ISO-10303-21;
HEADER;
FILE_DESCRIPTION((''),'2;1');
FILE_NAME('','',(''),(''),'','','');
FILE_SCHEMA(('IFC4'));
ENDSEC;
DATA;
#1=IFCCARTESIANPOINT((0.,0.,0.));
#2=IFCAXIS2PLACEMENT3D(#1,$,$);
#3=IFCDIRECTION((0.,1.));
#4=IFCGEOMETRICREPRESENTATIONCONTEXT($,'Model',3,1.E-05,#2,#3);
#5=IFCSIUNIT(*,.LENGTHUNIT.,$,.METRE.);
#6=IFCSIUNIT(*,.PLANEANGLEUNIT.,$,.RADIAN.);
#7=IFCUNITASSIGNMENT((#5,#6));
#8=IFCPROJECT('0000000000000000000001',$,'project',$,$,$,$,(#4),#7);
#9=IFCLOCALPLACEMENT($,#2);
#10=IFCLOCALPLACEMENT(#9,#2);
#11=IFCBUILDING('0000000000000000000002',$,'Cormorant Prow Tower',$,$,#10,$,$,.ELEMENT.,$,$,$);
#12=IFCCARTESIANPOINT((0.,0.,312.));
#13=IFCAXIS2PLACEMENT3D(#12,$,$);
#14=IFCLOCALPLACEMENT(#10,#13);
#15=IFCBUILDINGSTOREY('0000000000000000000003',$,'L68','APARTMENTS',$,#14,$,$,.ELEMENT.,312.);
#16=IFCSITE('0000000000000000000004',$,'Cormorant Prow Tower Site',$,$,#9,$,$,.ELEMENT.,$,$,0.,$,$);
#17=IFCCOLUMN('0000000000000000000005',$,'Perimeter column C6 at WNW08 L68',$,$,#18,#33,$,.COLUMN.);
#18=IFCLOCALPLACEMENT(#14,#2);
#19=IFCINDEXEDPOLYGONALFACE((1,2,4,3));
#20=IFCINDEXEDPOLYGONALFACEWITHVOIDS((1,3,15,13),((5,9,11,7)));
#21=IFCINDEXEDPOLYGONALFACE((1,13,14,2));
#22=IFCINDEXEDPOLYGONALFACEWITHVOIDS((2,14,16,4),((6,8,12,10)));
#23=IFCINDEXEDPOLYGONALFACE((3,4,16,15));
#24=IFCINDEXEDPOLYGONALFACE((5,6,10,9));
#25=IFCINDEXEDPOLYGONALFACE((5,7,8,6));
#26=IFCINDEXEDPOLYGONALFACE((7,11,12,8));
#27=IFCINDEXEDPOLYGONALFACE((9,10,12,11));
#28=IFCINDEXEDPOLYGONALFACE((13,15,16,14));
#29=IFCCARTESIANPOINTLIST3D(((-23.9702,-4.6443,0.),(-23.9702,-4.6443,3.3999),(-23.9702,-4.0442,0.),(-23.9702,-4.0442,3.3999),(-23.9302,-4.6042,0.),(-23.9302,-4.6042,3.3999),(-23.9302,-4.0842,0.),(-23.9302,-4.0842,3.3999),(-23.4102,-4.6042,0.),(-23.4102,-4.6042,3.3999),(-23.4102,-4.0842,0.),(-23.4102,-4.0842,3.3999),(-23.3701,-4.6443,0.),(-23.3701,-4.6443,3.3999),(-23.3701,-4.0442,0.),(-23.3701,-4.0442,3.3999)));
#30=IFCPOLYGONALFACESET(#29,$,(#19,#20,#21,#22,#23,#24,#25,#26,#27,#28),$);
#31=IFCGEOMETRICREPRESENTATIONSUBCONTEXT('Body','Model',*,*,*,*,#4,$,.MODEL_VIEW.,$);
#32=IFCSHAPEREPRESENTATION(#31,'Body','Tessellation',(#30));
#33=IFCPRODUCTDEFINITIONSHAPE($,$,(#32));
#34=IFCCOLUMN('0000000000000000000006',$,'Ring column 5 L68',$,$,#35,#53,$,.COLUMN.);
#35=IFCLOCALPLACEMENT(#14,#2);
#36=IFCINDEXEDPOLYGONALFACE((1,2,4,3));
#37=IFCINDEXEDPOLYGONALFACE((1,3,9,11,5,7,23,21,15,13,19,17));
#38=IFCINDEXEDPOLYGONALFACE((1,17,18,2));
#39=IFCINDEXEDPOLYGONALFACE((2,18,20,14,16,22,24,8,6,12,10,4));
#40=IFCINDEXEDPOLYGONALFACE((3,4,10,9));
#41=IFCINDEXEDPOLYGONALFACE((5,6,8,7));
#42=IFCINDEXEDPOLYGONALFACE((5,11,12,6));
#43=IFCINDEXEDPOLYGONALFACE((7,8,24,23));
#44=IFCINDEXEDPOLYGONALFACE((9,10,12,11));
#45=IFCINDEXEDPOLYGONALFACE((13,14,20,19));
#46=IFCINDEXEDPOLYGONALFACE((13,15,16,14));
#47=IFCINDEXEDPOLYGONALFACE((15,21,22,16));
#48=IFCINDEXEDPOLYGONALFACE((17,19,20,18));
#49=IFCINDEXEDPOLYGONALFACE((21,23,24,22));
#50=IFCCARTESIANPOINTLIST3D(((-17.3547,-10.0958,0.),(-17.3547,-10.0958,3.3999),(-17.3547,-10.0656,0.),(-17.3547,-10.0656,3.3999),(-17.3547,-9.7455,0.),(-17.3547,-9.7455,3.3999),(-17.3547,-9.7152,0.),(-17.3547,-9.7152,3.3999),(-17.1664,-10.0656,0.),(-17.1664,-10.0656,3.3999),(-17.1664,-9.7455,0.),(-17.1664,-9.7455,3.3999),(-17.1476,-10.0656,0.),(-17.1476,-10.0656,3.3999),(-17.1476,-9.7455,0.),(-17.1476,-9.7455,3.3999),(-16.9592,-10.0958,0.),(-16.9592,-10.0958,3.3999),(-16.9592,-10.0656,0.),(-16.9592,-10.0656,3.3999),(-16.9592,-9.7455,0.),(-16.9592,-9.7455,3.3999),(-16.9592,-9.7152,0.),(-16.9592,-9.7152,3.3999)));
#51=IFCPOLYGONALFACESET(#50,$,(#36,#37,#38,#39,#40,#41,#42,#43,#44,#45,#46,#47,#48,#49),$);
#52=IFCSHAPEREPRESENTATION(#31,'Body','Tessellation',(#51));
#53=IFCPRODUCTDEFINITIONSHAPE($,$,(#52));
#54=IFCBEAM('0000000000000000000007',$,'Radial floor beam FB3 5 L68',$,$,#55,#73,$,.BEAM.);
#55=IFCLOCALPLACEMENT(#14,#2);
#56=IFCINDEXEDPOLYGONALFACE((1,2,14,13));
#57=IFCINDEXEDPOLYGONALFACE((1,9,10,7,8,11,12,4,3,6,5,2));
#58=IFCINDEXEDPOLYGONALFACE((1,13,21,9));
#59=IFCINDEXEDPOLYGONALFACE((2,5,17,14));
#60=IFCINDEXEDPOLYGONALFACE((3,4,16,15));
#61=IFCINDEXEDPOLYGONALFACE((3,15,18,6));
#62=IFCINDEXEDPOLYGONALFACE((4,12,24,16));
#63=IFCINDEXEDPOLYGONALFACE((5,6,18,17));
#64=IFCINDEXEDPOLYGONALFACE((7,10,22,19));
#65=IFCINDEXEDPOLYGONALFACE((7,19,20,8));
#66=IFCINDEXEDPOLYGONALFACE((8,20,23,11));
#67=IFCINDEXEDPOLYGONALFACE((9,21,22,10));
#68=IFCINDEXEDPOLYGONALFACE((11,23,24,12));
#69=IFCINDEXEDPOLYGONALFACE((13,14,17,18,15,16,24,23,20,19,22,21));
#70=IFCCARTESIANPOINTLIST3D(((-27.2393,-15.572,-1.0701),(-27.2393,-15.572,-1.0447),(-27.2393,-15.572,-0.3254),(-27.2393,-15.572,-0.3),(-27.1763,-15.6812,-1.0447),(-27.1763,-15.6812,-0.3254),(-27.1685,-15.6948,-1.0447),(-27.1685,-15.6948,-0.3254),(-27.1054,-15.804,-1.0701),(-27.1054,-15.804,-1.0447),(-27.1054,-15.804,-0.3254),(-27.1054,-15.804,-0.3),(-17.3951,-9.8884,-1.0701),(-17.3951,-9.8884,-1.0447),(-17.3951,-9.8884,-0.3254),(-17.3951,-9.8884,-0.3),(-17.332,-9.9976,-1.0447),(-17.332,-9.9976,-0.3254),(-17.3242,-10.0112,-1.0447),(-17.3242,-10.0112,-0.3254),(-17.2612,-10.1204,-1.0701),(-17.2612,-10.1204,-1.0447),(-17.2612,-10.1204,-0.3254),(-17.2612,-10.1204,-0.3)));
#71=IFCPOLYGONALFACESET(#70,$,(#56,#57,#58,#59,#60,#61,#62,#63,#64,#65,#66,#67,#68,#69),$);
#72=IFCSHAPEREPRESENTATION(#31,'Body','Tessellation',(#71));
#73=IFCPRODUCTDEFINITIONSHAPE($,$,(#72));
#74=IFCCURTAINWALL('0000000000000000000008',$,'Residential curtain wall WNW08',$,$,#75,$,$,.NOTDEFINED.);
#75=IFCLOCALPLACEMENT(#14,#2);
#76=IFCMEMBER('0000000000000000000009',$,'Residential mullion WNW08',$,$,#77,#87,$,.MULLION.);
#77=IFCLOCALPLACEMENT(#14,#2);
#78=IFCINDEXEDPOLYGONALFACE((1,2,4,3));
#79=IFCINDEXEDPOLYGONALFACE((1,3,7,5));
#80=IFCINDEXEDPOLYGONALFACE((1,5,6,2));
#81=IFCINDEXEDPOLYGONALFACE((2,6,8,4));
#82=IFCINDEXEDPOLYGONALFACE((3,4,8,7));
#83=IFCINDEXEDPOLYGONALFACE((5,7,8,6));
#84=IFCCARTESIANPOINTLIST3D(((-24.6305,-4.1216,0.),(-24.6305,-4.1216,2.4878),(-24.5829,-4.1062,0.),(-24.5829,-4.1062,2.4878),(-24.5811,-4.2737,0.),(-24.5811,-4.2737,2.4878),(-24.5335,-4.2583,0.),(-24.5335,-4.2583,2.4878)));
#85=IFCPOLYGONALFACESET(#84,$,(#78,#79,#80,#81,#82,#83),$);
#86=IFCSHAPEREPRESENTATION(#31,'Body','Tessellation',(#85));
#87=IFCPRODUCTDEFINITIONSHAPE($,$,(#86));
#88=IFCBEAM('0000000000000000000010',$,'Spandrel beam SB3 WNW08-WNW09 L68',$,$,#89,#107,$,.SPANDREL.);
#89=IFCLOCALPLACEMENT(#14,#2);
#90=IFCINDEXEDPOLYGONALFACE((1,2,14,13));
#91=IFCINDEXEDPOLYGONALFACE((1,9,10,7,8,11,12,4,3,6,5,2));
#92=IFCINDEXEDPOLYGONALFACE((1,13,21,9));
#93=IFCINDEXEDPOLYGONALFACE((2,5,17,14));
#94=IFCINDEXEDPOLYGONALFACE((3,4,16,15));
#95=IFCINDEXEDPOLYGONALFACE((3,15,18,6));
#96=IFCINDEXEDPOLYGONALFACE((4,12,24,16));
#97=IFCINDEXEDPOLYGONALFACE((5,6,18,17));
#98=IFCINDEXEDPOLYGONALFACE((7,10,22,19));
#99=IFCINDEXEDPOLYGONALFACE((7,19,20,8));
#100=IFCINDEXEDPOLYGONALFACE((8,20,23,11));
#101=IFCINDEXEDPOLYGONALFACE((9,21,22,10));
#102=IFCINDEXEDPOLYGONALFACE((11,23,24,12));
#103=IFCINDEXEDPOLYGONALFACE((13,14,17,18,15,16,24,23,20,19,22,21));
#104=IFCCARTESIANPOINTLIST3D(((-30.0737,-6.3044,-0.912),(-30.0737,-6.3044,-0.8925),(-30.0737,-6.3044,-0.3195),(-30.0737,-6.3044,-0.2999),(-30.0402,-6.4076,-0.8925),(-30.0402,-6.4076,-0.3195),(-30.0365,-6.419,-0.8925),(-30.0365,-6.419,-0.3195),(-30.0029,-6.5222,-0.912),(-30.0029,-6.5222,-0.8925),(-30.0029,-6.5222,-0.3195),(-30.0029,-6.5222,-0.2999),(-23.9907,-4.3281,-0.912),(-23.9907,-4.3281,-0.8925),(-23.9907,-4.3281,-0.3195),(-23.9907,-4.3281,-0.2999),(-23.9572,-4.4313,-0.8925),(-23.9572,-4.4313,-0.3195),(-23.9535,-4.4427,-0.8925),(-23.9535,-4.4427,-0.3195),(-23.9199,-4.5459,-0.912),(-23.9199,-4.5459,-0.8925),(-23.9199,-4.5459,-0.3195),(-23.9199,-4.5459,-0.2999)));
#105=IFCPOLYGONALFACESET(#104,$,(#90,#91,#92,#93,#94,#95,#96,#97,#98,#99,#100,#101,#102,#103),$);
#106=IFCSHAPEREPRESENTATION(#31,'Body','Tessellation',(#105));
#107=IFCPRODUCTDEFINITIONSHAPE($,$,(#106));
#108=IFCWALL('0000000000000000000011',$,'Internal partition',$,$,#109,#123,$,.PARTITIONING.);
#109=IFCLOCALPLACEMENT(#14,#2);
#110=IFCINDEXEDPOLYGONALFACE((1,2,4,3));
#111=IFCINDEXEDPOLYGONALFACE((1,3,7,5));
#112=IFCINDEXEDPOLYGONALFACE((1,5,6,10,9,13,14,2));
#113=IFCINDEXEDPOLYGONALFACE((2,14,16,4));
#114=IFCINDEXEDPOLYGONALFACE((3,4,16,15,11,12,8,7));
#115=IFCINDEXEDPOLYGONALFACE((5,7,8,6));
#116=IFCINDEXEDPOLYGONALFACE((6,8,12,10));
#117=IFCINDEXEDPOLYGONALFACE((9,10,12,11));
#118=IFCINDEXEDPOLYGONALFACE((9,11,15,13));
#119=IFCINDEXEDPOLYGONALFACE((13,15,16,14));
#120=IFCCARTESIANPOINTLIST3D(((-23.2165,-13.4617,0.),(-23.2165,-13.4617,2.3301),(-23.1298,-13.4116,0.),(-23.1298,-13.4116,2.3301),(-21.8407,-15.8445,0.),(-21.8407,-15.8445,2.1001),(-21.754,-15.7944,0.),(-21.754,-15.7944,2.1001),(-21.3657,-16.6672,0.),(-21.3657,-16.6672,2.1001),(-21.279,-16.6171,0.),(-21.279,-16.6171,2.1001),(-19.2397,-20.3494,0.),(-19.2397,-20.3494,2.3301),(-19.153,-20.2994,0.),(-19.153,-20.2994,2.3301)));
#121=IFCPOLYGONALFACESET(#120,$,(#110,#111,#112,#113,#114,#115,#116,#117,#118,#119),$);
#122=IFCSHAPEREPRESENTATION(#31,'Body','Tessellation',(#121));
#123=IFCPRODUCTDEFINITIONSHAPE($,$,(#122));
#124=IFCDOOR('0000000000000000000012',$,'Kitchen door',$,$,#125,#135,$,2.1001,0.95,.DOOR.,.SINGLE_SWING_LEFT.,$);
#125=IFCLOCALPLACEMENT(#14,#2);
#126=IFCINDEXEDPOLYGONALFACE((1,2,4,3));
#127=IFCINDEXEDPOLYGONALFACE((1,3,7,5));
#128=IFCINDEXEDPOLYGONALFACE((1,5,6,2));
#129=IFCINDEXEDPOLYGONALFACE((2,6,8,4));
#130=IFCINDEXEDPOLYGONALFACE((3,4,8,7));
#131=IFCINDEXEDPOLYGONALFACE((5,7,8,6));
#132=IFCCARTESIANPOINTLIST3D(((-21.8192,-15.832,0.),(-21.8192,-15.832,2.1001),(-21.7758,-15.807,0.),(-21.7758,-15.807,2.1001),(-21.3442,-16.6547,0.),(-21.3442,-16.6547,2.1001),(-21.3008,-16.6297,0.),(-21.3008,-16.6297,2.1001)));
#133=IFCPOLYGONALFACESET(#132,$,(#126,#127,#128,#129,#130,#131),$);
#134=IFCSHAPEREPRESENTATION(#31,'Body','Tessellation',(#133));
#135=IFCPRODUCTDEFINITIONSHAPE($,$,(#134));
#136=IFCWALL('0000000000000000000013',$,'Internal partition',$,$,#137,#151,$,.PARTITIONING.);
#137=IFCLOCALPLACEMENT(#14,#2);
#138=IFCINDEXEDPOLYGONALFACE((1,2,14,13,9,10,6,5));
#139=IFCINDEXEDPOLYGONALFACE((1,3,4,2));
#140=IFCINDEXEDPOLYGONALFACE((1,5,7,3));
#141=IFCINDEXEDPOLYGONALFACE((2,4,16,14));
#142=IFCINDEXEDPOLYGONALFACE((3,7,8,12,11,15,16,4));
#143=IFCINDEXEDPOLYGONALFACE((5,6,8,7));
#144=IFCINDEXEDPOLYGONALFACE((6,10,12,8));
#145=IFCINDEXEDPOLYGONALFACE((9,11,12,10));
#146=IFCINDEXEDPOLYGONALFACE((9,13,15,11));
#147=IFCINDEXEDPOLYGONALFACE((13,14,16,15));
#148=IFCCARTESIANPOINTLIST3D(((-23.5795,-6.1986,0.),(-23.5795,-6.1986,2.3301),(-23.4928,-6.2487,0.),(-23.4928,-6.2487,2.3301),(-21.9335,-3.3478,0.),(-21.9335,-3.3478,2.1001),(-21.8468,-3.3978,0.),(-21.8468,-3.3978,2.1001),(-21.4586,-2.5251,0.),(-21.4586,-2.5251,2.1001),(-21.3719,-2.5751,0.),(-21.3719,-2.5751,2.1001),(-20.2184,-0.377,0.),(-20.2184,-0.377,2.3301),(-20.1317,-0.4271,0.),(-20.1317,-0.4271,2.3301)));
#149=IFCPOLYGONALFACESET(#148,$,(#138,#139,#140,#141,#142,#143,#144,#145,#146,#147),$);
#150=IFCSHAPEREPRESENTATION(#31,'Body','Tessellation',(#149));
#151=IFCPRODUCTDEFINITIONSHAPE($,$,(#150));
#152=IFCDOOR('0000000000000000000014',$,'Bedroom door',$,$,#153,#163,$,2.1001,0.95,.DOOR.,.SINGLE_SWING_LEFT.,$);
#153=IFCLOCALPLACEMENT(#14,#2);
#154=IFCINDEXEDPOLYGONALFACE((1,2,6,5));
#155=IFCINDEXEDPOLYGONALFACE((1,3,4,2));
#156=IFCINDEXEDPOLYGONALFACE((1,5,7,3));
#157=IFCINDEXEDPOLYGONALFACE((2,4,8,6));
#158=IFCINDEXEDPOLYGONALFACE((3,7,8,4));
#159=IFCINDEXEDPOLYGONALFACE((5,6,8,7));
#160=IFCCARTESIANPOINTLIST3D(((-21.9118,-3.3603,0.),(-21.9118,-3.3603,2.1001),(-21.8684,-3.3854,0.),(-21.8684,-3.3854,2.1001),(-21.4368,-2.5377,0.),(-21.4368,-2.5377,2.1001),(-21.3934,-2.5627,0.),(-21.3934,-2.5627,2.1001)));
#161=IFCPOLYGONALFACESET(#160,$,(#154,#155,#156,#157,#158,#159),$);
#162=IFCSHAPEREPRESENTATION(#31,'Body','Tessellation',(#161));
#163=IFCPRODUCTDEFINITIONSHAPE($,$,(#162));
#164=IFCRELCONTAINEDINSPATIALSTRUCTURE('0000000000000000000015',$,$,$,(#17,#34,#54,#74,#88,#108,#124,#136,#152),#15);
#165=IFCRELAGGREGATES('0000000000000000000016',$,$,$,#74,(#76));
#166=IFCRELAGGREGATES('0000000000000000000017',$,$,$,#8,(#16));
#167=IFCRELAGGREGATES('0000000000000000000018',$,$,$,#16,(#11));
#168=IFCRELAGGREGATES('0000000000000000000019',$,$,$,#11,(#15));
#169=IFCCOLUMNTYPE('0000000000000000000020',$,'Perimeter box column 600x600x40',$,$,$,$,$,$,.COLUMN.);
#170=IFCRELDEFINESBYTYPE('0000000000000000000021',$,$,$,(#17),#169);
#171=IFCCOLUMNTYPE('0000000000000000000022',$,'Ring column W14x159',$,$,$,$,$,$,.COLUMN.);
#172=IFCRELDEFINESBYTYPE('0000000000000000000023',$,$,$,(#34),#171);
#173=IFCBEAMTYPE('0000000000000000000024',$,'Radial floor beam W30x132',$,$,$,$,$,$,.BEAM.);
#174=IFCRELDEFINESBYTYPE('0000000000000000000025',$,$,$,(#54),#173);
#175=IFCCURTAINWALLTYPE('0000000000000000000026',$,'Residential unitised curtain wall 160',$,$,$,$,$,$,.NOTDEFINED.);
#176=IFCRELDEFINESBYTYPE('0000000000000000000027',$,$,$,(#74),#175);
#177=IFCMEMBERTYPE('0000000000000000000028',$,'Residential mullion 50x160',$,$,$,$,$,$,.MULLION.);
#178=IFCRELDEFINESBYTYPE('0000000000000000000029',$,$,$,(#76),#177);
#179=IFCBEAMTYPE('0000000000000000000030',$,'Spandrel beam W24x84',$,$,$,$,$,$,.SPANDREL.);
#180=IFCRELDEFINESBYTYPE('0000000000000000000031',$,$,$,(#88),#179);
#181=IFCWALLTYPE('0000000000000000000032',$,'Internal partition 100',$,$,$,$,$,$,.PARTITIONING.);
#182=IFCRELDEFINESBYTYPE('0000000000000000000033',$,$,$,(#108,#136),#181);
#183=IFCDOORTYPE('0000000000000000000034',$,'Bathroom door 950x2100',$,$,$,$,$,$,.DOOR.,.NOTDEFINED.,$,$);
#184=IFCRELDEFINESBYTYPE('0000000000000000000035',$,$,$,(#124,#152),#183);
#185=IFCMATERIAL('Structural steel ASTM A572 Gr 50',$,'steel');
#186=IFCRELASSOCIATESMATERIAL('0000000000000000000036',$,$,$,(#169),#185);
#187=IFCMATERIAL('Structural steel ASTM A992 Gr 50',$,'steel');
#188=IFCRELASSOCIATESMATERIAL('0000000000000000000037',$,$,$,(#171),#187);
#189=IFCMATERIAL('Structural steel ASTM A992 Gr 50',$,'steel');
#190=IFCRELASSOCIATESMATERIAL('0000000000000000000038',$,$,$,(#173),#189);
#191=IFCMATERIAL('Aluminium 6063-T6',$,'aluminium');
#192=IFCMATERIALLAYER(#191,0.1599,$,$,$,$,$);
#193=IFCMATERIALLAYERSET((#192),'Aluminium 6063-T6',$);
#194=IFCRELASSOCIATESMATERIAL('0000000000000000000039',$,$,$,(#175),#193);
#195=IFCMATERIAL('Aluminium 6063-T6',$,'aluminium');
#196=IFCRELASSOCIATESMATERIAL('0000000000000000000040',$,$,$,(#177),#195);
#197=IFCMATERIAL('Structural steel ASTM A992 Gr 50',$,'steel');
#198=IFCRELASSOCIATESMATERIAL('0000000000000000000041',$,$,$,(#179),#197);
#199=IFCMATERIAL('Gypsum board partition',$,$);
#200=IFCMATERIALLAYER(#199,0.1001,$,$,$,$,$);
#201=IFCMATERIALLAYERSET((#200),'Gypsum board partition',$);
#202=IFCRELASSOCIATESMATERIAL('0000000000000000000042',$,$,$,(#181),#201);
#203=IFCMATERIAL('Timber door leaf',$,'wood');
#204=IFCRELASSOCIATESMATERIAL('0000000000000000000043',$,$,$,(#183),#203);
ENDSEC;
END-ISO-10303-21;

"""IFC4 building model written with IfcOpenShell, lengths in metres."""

from ifc_helpers import new_model, si_unit, direction, frame, frame_2d, origin, origin_2d, place, context, subcontext, project, spatial, rectangle, hollow_rectangle, i_section, extrude, material, layer, layer_set, material_profile, profile_set, type_object, element, fill, aggregate, save


model = new_model("IFC4")

# Units and contexts
model_context = context("Model", 3, precision=1e-05, world=origin(), true_north=direction((0.0, 1.0)))
body_context = subcontext(model_context, "Body", "Model", "MODEL_VIEW")
ifc_project = project(units=[si_unit("LENGTHUNIT", "METRE"), si_unit("PLANEANGLEUNIT", "RADIAN")], contexts=[model_context])

# Site, building, storey
site_placement = place(None, origin())
site = spatial("IfcSite", under=ifc_project, at=site_placement, Name="Cormorant Prow Tower Site", CompositionType="ELEMENT", RefElevation=0.0)
building_placement = place(site_placement, origin())
building = spatial("IfcBuilding", under=site, at=building_placement, Name="Cormorant Prow Tower", CompositionType="ELEMENT")
storey_placement = place(building_placement, frame((0.0, 0.0, 312.0)))
storey = spatial("IfcBuildingStorey", under=building, at=storey_placement, Name="L68", Description="APARTMENTS", CompositionType="ELEMENT", Elevation=312.0)

# Columns
ifc_material_1 = material(Name="Structural steel ASTM A572 Gr 50", Category="steel")
ifc_material_profile_1 = material_profile(ifc_material_1, hollow_rectangle(XDim=0.6001, YDim=0.6001, WallThickness=0.04, at=origin_2d()), Name="Box 600x600x40")
ifc_profile_set_1 = profile_set([ifc_material_profile_1], Name="Structural steel ASTM A572 Gr 50")
column_type_1 = type_object("IfcColumnType", Name="Perimeter box column 600x600x40", PredefinedType="COLUMN", material=ifc_profile_set_1)
column_1_placement = place(storey_placement, frame((-23.6702, -4.3442, 0.0), z_axis=(0.0, 0.0, 1.0), x_axis=(1.0, 0.0, 0.0)))
element("IfcColumn", 1, at=column_1_placement, inside=storey, type_object=column_type_1, Name="Perimeter column C6 at WNW08 L68", PredefinedType="COLUMN", context=body_context, shape_type="SweptSolid", body=[
    extrude(hollow_rectangle(XDim=0.6001, YDim=0.6001, WallThickness=0.04, at=origin_2d()), origin(), (0.0, 0.0, 1.0), 3.3999),
])
ifc_material_2 = material(Name="Structural steel ASTM A992 Gr 50", Category="steel")
ifc_material_profile_2 = material_profile(ifc_material_2, i_section(OverallWidth=0.3955, OverallDepth=0.3806, WebThickness=0.0188, FlangeThickness=0.0303, at=origin_2d()), Name="W14x159")
ifc_profile_set_2 = profile_set([ifc_material_profile_2], Name="Structural steel ASTM A992 Gr 50")
column_type_2 = type_object("IfcColumnType", Name="Ring column W14x159", PredefinedType="COLUMN", material=ifc_profile_set_2)
column_2_placement = place(storey_placement, frame((-17.157, -9.9055, 0.0), z_axis=(0.0, 0.0, 1.0), x_axis=(1.0, 0.0, 0.0)))
element("IfcColumn", 2, at=column_2_placement, inside=storey, type_object=column_type_2, Name="Ring column 5 L68", PredefinedType="COLUMN", context=body_context, shape_type="SweptSolid", body=[
    extrude(i_section(OverallWidth=0.3955, OverallDepth=0.3806, WebThickness=0.0188, FlangeThickness=0.0303, at=origin_2d()), origin(), (0.0, 0.0, 1.0), 3.3999),
])

# Beam
ifc_material_3 = material(Name="Structural steel ASTM A992 Gr 50", Category="steel")
ifc_material_profile_3 = material_profile(ifc_material_3, i_section(OverallWidth=0.2678, OverallDepth=0.77, WebThickness=0.0156, FlangeThickness=0.0254, at=origin_2d()), Name="W30x132")
ifc_profile_set_3 = profile_set([ifc_material_profile_3], Name="Structural steel ASTM A992 Gr 50")
beam_type_1 = type_object("IfcBeamType", Name="Radial floor beam W30x132", PredefinedType="BEAM", material=ifc_profile_set_3)
beam_1_placement = place(storey_placement, frame((-17.3281, -10.0044, -0.6851), z_axis=(-0.866025, -0.500001, 0.0), x_axis=(0.500001, -0.866025, 0.0)))
element("IfcBeam", 3, at=beam_1_placement, inside=storey, type_object=beam_type_1, Name="Radial floor beam FB3 5 L68", PredefinedType="BEAM", context=body_context, shape_type="SweptSolid", body=[
    extrude(i_section(OverallWidth=0.2678, OverallDepth=0.77, WebThickness=0.0156, FlangeThickness=0.0254, at=origin_2d()), origin(), (0.0, 0.0, 1.0), 11.3672),
])

# Curtain wall, member
ifc_material_4 = material(Name="Aluminium 6063-T6", Category="aluminium")
ifc_layer_1 = layer(ifc_material_4, 0.1599)
ifc_layer_set_1 = layer_set([ifc_layer_1], Name="Aluminium 6063-T6")
curtain_wall_type = type_object("IfcCurtainWallType", Name="Residential unitised curtain wall 160", PredefinedType="NOTDEFINED", material=ifc_layer_set_1)
curtain_wall_placement = place(storey_placement, origin())
curtain_wall = element("IfcCurtainWall", 4, at=curtain_wall_placement, inside=storey, type_object=curtain_wall_type, Name="Residential curtain wall WNW08", PredefinedType="NOTDEFINED")
ifc_material_5 = material(Name="Aluminium 6063-T6", Category="aluminium")
ifc_material_profile_4 = material_profile(ifc_material_5, rectangle(XDim=0.1599, YDim=0.05, at=origin_2d()), Name="Residential mullion 50x160")
ifc_profile_set_4 = profile_set([ifc_material_profile_4], Name="Aluminium 6063-T6")
member_type = type_object("IfcMemberType", Name="Residential mullion 50x160", PredefinedType="MULLION", material=ifc_profile_set_4)
member_placement = place(storey_placement, frame((-24.582, -4.1899, 0.0), z_axis=(0.0, 0.0, 1.0), x_axis=(0.309017, -0.951057, 0.0)))
member = element("IfcMember", 5, at=member_placement, type_object=member_type, Name="Residential mullion WNW08", PredefinedType="MULLION", context=body_context, shape_type="SweptSolid", body=[
    extrude(rectangle(XDim=0.1599, YDim=0.05, at=origin_2d()), origin(), (0.0, 0.0, 1.0), 2.4878),
])
aggregate(curtain_wall, [member])

# Beam
ifc_material_6 = material(Name="Structural steel ASTM A992 Gr 50", Category="steel")
ifc_material_profile_5 = material_profile(ifc_material_6, i_section(OverallWidth=0.229, OverallDepth=0.6121, WebThickness=0.012, FlangeThickness=0.0195, at=origin_2d()), Name="W24x84")
ifc_profile_set_5 = profile_set([ifc_material_profile_5], Name="Structural steel ASTM A992 Gr 50")
beam_type_2 = type_object("IfcBeamType", Name="Spandrel beam W24x84", PredefinedType="SPANDREL", material=ifc_profile_set_5)
beam_2_placement = place(storey_placement, frame((-23.9553, -4.437, -0.606), z_axis=(-0.951064, -0.308993, 0.0), x_axis=(0.308993, -0.951064, 0.0)))
element("IfcBeam", 6, at=beam_2_placement, inside=storey, type_object=beam_type_2, Name="Spandrel beam SB3 WNW08-WNW09 L68", PredefinedType="SPANDREL", context=body_context, shape_type="SweptSolid", body=[
    extrude(i_section(OverallWidth=0.229, OverallDepth=0.6121, WebThickness=0.012, FlangeThickness=0.0195, at=origin_2d()), origin(), (0.0, 0.0, 1.0), 6.396),
])

# Walls, openings, doors
ifc_material_7 = material(Name="Gypsum board partition")
ifc_layer_2 = layer(ifc_material_7, 0.1001)
ifc_layer_set_2 = layer_set([ifc_layer_2], Name="Gypsum board partition")
wall_type = type_object("IfcWallType", Name="Internal partition 100", PredefinedType="PARTITIONING", material=ifc_layer_set_2)
wall_1_placement = place(storey_placement, frame((-23.1731, -13.4368, 0.0), z_axis=(0.0, 0.0, 1.0), x_axis=(0.500018, -0.866015, 0.0)))
wall_1 = element("IfcWall", 7, at=wall_1_placement, inside=storey, type_object=wall_type, Name="Internal partition", PredefinedType="PARTITIONING", context=body_context, shape_type="SweptSolid", body=[
    extrude(rectangle(XDim=7.9534, YDim=0.1001, at=frame_2d((3.9766, 0.0))), origin(), (0.0, 0.0, 1.0), 2.3301),
])
opening_1_placement = place(wall_1_placement, frame((2.7512, 0.0, 0.0)))
opening_1 = element("IfcOpeningElement", 8, at=opening_1_placement, cuts=wall_1, PredefinedType="OPENING", context=body_context, shape_type="SweptSolid", body=[
    extrude(rectangle(XDim=0.95, YDim=2.1001, at=frame_2d((0.4751, 1.05))), frame((0.0, 0.0601, 0.0), z_axis=(0.0, -1.0, 0.0), x_axis=(1.0, 0.0, 0.0)), (0.0, 0.0, 1.0), 0.1201),
])
ifc_material_8 = material(Name="Timber door leaf", Category="wood")
door_type = type_object("IfcDoorType", Name="Bathroom door 950x2100", OperationType="NOTDEFINED", PredefinedType="DOOR", material=ifc_material_8)
door_1_placement = place(opening_1_placement, origin())
door_1 = element("IfcDoor", 9, at=door_1_placement, inside=storey, type_object=door_type, Name="Kitchen door", OperationType="SINGLE_SWING_LEFT", OverallHeight=2.1001, OverallWidth=0.95, PredefinedType="DOOR", context=body_context, shape_type="SweptSolid", body=[
    extrude(rectangle(XDim=0.95, YDim=2.1001, at=frame_2d((0.4751, 1.05))), frame((0.0, 0.0249, 0.0), z_axis=(0.0, -1.0, 0.0), x_axis=(1.0, 0.0, 0.0)), (0.0, 0.0, 1.0), 0.05),
])
fill(opening_1, door_1)
wall_2_placement = place(storey_placement, frame((-23.5361, -6.2236, 0.0), z_axis=(0.0, 0.0, 1.0), x_axis=(0.500002, 0.866024, 0.0)))
wall_2 = element("IfcWall", 10, at=wall_2_placement, inside=storey, type_object=wall_type, Name="Internal partition", PredefinedType="PARTITIONING", context=body_context, shape_type="SweptSolid", body=[
    extrude(rectangle(XDim=6.7222, YDim=0.1001, at=frame_2d((3.3611, 0.0))), origin(), (0.0, 0.0, 1.0), 2.3301),
])
opening_2_placement = place(wall_2_placement, frame((3.2917, 0.0, 0.0)))
opening_2 = element("IfcOpeningElement", 11, at=opening_2_placement, cuts=wall_2, PredefinedType="OPENING", context=body_context, shape_type="SweptSolid", body=[
    extrude(rectangle(XDim=0.95, YDim=2.1001, at=frame_2d((0.4751, 1.05))), frame((0.0, 0.0601, 0.0), z_axis=(0.0, -1.0, 0.0), x_axis=(1.0, 0.0, 0.0)), (0.0, 0.0, 1.0), 0.1201),
])
door_2_placement = place(opening_2_placement, origin())
door_2 = element("IfcDoor", 12, at=door_2_placement, inside=storey, type_object=door_type, Name="Bedroom door", OperationType="SINGLE_SWING_LEFT", OverallHeight=2.1001, OverallWidth=0.95, PredefinedType="DOOR", context=body_context, shape_type="SweptSolid", body=[
    extrude(rectangle(XDim=0.95, YDim=2.1001, at=frame_2d((0.4751, 1.05))), frame((0.0, 0.0249, 0.0), z_axis=(0.0, -1.0, 0.0), x_axis=(1.0, 0.0, 0.0)), (0.0, 0.0, 1.0), 0.05),
])
fill(opening_2, door_2)

save(model, "model.ifc")
